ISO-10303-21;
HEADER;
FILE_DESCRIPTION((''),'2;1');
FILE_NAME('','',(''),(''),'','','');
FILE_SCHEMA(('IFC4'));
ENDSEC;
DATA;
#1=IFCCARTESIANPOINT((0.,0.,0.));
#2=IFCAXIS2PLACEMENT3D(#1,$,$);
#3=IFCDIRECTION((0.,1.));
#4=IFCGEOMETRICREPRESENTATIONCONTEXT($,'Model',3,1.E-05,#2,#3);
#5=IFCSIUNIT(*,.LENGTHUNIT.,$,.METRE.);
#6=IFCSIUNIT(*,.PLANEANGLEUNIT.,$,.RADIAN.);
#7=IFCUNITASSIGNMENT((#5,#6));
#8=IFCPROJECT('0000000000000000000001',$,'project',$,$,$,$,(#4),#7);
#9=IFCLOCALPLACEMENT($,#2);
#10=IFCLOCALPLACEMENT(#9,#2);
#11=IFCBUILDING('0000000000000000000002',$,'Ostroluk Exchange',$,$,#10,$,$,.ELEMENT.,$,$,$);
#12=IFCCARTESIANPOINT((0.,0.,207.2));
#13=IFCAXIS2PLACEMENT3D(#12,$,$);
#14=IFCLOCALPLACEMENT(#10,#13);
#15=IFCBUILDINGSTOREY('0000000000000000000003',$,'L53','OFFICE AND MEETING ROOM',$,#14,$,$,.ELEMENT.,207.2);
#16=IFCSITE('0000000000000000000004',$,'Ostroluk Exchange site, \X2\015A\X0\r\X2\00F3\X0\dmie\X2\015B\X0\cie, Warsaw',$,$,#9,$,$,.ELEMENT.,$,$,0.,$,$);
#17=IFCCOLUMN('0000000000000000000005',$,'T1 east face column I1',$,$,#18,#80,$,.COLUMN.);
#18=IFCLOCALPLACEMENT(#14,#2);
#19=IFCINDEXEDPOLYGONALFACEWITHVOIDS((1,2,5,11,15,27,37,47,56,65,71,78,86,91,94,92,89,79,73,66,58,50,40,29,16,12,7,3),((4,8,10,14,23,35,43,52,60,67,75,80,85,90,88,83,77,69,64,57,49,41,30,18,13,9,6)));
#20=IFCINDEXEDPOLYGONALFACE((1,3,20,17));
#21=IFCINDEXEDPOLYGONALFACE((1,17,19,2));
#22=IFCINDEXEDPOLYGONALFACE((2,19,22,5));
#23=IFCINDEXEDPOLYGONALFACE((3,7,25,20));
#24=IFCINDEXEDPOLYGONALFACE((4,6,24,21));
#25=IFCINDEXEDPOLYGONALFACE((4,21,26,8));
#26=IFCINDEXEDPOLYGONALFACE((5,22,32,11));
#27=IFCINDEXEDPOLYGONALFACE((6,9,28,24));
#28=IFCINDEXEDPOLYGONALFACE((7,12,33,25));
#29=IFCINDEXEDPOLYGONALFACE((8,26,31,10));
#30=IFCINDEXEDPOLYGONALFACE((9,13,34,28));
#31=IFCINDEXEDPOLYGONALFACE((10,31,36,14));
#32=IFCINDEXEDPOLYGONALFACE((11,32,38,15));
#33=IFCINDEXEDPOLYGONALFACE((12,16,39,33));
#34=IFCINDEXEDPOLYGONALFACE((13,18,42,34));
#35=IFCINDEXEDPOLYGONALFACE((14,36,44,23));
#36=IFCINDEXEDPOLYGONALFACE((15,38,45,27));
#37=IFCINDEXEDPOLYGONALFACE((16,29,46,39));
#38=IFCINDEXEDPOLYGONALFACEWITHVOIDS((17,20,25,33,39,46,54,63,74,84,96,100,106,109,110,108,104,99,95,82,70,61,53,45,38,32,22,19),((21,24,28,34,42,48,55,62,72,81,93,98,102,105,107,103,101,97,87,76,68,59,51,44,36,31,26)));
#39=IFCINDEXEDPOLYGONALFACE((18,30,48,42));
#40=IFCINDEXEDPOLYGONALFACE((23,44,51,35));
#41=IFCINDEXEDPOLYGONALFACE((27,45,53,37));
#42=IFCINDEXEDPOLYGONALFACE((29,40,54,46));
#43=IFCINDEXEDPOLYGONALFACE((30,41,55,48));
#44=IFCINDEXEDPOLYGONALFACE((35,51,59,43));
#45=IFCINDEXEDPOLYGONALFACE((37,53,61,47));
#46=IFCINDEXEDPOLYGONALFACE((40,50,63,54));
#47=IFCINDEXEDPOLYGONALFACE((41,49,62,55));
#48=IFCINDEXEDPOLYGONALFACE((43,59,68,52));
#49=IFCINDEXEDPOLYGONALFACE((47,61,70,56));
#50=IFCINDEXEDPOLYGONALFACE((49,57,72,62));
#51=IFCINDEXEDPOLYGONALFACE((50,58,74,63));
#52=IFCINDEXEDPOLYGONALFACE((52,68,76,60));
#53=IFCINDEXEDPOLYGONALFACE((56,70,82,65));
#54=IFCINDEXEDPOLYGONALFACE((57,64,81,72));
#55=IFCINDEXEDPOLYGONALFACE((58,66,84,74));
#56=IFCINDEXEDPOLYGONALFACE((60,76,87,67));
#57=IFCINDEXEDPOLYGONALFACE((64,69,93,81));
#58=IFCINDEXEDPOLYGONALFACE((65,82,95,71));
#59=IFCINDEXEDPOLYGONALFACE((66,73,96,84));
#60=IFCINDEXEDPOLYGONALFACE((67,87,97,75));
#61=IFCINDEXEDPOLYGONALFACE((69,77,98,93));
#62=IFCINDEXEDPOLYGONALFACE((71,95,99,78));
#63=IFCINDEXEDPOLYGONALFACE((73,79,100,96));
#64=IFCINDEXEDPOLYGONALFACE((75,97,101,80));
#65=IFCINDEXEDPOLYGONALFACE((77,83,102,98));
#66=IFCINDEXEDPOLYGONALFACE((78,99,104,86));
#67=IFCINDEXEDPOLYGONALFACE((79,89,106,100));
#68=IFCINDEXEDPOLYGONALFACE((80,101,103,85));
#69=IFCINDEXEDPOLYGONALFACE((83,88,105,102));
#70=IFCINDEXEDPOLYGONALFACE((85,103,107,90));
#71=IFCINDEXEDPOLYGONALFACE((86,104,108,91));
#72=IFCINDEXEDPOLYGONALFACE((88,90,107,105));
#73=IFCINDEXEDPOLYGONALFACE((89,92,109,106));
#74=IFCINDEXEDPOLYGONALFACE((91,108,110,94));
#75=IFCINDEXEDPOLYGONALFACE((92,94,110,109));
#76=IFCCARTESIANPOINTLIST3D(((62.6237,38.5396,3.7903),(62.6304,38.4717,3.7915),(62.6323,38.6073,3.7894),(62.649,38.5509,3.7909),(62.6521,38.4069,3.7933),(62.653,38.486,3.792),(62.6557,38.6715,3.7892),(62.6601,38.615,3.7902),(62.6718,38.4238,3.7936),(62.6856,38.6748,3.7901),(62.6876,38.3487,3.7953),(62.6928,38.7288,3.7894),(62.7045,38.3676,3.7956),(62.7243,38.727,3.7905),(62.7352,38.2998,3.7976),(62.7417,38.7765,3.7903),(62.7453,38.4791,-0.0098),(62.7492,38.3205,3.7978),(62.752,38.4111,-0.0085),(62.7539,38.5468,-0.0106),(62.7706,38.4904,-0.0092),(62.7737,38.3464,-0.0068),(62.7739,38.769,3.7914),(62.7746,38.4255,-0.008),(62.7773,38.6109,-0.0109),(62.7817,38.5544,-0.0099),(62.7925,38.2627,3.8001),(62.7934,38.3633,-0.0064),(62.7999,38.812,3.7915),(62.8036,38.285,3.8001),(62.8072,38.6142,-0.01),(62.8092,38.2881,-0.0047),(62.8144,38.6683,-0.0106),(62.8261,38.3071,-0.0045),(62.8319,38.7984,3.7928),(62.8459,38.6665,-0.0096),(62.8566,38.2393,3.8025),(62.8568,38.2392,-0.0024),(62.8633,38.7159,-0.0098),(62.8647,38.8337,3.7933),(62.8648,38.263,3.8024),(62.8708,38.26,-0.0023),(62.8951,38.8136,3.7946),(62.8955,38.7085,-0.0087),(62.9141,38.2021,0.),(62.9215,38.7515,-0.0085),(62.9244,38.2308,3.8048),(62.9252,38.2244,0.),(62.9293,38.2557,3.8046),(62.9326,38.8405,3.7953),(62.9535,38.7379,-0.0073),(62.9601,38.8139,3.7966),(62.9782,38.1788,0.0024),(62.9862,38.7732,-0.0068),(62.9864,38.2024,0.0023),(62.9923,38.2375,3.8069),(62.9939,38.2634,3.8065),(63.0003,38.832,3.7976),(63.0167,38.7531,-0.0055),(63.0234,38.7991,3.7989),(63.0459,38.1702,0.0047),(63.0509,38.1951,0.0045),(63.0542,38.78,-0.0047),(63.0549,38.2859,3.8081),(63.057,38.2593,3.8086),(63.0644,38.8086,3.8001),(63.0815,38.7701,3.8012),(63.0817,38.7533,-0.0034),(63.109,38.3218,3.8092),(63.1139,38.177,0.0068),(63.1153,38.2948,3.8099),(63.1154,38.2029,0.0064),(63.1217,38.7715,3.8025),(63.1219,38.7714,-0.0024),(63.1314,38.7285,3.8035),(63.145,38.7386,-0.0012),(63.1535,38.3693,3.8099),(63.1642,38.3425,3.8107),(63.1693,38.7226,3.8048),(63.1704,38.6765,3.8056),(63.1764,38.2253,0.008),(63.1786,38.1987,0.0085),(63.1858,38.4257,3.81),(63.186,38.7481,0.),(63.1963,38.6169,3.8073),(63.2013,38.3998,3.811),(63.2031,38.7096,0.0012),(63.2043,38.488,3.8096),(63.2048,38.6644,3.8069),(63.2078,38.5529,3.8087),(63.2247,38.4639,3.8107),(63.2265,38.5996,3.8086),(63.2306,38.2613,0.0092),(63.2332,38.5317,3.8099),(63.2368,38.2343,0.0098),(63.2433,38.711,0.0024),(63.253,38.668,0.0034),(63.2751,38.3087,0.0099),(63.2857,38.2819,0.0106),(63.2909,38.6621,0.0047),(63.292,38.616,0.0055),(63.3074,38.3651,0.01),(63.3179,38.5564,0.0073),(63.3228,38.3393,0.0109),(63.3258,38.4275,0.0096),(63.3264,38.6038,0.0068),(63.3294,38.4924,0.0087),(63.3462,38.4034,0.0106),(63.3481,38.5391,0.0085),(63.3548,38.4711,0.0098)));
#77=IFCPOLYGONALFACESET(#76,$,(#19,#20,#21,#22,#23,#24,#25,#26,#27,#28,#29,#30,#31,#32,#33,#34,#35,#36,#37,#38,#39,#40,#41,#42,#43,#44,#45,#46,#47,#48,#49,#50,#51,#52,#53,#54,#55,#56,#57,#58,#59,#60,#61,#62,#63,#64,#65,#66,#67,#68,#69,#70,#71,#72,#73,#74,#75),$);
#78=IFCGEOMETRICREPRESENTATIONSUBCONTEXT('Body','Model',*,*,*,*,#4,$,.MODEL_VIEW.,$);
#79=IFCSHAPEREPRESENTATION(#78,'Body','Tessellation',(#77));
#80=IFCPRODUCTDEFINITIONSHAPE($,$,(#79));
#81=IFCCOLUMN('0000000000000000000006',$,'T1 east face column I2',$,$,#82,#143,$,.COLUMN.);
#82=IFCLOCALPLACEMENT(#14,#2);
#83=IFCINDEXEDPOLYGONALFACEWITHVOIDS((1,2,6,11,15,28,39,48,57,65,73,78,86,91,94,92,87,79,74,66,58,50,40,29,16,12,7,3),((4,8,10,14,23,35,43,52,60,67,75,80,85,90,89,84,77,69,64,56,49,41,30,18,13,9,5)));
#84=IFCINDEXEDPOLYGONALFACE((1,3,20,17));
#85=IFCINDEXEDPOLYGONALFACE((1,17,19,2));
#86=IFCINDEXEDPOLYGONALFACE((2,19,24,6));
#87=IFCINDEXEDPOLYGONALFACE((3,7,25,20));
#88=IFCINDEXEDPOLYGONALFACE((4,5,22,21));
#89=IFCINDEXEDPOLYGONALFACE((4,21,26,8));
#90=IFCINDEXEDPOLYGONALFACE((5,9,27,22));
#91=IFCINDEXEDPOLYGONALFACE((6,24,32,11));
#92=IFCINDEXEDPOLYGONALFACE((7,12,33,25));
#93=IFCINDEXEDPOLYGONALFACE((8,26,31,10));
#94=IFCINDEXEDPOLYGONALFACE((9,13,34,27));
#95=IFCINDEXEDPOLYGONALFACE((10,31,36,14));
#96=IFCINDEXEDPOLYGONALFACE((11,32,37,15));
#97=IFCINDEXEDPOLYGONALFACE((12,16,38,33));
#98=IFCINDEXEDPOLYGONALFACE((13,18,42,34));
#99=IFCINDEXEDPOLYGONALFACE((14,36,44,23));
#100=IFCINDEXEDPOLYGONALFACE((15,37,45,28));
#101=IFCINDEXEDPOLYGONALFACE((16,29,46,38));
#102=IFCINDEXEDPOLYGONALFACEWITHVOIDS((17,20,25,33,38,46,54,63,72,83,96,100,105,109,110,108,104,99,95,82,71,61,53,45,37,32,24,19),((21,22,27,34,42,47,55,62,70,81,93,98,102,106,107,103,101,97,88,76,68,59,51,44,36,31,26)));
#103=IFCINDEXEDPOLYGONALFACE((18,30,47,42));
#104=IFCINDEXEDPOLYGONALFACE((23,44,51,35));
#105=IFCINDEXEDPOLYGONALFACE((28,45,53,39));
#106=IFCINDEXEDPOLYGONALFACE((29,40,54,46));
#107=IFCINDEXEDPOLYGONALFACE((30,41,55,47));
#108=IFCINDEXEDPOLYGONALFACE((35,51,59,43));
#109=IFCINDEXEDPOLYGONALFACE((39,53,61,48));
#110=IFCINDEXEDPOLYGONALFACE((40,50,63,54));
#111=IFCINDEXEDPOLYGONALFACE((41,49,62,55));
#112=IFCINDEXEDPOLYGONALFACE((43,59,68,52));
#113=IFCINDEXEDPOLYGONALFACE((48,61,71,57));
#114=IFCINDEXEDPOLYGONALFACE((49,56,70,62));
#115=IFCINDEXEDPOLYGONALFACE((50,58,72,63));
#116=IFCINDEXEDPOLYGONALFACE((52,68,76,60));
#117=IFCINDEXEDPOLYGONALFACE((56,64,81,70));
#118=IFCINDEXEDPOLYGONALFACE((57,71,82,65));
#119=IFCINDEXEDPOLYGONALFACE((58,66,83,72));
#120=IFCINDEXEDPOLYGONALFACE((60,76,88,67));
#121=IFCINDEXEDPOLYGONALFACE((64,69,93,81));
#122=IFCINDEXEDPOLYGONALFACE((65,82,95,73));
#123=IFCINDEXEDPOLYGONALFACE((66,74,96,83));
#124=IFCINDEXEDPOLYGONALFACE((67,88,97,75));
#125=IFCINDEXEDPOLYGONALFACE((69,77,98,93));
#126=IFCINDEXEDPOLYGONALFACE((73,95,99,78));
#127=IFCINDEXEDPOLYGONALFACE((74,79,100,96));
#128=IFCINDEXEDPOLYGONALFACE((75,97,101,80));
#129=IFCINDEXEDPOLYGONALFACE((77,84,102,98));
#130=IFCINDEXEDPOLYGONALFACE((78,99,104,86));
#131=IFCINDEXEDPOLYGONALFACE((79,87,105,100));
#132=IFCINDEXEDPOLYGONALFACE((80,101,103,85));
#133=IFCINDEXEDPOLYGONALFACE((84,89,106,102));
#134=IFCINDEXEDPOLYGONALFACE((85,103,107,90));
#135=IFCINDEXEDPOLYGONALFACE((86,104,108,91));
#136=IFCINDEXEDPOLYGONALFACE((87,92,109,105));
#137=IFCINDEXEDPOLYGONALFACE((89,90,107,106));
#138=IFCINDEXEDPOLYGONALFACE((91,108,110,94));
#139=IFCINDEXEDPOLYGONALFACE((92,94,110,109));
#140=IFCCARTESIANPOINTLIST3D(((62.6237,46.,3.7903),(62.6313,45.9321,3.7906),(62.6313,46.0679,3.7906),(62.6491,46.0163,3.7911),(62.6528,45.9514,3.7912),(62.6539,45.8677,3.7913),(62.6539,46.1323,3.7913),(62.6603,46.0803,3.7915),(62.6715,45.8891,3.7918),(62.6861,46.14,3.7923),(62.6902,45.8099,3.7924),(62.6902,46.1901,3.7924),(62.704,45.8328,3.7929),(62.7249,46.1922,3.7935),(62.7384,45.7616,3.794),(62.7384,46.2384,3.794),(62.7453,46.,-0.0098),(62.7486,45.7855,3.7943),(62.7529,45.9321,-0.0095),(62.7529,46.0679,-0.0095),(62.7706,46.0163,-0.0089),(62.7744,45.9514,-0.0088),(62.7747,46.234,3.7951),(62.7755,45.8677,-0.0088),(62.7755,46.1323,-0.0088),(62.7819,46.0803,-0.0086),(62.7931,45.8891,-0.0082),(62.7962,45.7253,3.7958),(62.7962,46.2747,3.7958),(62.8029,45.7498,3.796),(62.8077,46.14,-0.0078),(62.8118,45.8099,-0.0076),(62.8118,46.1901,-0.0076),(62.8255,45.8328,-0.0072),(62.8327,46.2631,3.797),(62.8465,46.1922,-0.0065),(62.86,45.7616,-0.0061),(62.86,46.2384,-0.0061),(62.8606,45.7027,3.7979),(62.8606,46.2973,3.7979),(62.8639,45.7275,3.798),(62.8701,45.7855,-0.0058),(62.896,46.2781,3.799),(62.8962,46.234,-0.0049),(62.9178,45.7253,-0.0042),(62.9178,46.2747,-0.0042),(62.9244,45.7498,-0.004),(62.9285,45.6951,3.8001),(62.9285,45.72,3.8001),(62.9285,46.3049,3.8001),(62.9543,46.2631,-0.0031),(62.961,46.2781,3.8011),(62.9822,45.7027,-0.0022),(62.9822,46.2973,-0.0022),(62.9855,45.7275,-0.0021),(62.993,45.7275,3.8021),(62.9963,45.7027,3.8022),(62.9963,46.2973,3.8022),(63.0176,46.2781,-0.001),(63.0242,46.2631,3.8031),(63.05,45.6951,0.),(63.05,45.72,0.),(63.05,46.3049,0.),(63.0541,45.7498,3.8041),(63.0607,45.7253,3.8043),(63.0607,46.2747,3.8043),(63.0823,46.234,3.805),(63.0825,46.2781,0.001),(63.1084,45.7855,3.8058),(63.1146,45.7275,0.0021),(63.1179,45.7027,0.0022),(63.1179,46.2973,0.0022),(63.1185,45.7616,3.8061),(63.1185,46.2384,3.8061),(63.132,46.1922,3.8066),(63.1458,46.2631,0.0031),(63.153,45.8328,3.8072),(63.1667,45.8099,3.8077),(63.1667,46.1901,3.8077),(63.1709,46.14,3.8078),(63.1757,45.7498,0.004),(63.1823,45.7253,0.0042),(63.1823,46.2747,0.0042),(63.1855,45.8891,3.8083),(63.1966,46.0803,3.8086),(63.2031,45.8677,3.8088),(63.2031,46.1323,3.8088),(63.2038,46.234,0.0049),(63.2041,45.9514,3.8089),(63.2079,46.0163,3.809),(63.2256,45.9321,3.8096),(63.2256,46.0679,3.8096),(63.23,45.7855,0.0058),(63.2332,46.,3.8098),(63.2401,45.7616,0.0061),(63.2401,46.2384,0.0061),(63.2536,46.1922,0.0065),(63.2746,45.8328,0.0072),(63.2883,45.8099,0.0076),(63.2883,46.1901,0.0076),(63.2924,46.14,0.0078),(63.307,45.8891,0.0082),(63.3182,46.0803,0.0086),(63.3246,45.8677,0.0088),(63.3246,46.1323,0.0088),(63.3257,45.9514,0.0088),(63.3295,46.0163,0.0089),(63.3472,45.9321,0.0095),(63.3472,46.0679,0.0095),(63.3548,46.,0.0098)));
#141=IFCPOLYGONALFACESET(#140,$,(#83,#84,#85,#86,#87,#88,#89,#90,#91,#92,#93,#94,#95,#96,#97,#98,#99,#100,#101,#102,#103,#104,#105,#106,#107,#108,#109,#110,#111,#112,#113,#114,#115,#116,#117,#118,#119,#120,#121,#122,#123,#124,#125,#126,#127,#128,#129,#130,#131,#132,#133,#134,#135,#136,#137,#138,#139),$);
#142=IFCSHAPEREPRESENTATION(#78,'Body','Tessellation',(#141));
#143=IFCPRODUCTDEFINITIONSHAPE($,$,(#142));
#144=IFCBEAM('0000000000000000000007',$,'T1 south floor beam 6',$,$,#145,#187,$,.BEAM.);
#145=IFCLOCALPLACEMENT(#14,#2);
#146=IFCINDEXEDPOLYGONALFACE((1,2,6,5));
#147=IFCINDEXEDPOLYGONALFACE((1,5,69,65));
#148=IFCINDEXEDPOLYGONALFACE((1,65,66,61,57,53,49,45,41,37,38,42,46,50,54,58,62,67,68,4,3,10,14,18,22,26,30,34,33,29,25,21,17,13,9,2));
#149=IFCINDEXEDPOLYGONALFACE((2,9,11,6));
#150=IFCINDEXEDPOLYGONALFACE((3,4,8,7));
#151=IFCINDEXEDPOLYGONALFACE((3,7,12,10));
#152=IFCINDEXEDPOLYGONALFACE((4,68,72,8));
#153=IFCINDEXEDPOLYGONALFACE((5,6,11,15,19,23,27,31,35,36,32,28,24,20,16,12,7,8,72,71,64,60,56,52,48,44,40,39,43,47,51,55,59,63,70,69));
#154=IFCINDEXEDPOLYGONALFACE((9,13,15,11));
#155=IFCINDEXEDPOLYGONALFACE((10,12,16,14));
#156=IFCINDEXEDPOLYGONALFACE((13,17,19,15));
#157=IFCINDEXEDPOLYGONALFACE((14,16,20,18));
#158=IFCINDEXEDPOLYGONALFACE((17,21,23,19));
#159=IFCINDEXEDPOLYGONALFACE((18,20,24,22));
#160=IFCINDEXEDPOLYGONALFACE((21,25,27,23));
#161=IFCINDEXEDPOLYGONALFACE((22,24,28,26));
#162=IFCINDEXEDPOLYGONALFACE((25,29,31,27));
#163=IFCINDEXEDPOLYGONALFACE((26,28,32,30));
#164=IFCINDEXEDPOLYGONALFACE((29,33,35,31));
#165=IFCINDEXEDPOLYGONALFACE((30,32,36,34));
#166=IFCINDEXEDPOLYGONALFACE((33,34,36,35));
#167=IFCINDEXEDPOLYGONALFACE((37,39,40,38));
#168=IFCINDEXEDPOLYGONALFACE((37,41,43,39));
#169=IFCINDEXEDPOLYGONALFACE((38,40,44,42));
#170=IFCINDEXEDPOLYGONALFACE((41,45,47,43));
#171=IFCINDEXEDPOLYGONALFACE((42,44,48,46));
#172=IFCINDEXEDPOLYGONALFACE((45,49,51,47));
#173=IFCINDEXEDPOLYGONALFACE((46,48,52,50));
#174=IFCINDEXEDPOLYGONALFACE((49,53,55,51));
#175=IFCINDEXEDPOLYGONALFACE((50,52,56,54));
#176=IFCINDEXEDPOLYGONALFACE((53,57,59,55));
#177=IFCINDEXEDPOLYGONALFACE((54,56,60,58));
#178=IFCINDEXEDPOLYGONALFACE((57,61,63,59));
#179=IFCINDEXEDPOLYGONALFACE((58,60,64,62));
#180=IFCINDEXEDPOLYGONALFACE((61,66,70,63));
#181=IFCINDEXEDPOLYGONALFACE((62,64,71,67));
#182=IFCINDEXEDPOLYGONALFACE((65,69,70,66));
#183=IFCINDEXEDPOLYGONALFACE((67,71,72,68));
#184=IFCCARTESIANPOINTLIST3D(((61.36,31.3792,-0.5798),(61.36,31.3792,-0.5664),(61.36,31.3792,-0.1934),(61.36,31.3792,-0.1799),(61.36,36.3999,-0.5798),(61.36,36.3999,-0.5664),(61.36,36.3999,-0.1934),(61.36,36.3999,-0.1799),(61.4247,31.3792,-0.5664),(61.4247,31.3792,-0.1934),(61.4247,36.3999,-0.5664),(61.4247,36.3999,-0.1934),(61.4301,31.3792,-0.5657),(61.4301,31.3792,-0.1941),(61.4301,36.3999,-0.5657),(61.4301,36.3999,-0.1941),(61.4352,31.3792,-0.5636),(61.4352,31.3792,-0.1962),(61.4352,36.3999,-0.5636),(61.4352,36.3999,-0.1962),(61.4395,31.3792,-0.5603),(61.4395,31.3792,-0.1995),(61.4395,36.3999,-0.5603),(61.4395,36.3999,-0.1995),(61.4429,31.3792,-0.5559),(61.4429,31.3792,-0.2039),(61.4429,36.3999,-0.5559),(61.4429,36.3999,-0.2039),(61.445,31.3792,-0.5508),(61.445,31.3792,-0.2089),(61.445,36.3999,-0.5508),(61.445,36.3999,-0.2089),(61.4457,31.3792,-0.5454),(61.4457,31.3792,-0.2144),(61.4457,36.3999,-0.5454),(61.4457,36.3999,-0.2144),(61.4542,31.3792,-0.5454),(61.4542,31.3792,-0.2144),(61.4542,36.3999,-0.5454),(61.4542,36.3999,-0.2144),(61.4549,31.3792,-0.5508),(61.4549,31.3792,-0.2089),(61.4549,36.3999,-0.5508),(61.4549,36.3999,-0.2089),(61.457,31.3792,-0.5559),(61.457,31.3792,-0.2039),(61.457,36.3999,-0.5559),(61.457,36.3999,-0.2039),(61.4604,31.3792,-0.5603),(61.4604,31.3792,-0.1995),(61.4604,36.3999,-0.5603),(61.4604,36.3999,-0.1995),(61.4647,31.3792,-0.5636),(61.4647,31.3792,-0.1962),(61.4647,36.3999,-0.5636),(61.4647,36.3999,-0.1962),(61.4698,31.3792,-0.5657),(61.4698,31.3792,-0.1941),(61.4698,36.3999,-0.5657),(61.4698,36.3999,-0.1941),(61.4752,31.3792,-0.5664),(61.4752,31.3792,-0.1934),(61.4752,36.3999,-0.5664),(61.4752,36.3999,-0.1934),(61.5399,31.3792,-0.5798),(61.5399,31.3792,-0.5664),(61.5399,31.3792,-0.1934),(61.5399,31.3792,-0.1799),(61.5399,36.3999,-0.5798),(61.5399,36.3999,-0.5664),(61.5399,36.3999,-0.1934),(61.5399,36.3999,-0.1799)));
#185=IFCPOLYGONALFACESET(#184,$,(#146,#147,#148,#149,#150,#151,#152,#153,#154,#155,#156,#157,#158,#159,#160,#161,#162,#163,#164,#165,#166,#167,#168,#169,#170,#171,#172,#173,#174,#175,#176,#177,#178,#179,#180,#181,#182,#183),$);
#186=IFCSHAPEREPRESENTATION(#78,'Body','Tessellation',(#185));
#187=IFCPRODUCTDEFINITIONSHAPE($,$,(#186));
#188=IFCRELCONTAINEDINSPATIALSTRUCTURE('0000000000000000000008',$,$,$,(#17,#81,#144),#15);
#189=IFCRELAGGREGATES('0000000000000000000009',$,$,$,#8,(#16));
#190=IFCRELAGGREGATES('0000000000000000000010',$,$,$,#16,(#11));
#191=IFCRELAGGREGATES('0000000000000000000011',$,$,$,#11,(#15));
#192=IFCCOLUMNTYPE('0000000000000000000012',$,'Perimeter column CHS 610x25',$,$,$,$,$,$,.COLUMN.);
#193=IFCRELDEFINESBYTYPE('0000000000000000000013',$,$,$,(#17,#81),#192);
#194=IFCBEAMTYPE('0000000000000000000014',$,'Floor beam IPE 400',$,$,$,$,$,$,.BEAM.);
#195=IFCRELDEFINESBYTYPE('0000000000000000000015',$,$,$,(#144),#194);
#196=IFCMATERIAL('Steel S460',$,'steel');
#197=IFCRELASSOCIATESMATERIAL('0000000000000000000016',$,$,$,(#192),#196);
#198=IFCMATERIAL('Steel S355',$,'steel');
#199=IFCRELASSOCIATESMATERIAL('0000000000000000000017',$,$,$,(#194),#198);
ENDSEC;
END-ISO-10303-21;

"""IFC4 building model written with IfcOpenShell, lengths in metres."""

from ifc_helpers import new_model, si_unit, direction, frame, origin, origin_2d, place, context, subcontext, project, spatial, hollow_circle, i_section, extrude, material, material_profile, profile_set, type_object, element, save


model = new_model("IFC4")

# Units and contexts
model_context = context("Model", 3, precision=1e-05, world=origin(), true_north=direction((0.0, 1.0)))
body_context = subcontext(model_context, "Body", "Model", "MODEL_VIEW")
ifc_project = project(units=[si_unit("LENGTHUNIT", "METRE"), si_unit("PLANEANGLEUNIT", "RADIAN")], contexts=[model_context])

# Site, building, storey
site_placement = place(None, origin())
site = spatial("IfcSite", under=ifc_project, at=site_placement, Name="Ostroluk Exchange site, Śródmieście, Warsaw", CompositionType="ELEMENT", RefElevation=0.0)
building_placement = place(site_placement, origin())
building = spatial("IfcBuilding", under=site, at=building_placement, Name="Ostroluk Exchange", CompositionType="ELEMENT")
storey_placement = place(building_placement, frame((0.0, 0.0, 207.2)))
storey = spatial("IfcBuildingStorey", under=building, at=storey_placement, Name="L53", Description="OFFICE AND MEETING ROOM", CompositionType="ELEMENT", Elevation=207.2)

# Columns
ifc_material_1 = material(Name="Steel S460", Category="steel")
ifc_material_profile_1 = material_profile(ifc_material_1, hollow_circle(Radius=0.3049, WallThickness=0.0249, at=origin_2d()), Name="CHS 610x25")
ifc_profile_set_1 = profile_set([ifc_material_profile_1], Name="Steel S460")
column_type = type_object("IfcColumnType", Name="Perimeter column CHS 610x25", PredefinedType="COLUMN", material=ifc_profile_set_1)
column_1_placement = place(storey_placement, frame((63.05, 38.4751, 0.0), z_axis=(-0.031974, 0.015923, 0.999362), x_axis=(-0.445775, -0.895145, 0.0)))
element("IfcColumn", 1, at=column_1_placement, inside=storey, type_object=column_type, Name="T1 east face column I1", PredefinedType="COLUMN", context=body_context, shape_type="SweptSolid", body=[
    extrude(hollow_circle(Radius=0.3049, WallThickness=0.0249, at=origin_2d()), origin(), (0.0, 0.0, 1.0), 3.8025),
])
column_2_placement = place(storey_placement, frame((63.05, 46.0, 0.0), z_axis=(-0.031978, 0.0, 0.999489), x_axis=(0.0, -1.0, 0.0)))
element("IfcColumn", 2, at=column_2_placement, inside=storey, type_object=column_type, Name="T1 east face column I2", PredefinedType="COLUMN", context=body_context, shape_type="SweptSolid", body=[
    extrude(hollow_circle(Radius=0.3049, WallThickness=0.0249, at=origin_2d()), origin(), (0.0, 0.0, 1.0), 3.802),
])

# Beam
ifc_material_2 = material(Name="Steel S355", Category="steel")
ifc_material_profile_2 = material_profile(ifc_material_2, i_section(OverallWidth=0.1799, OverallDepth=0.3999, WebThickness=0.0085, FlangeThickness=0.0134, FilletRadius=0.021, at=origin_2d()), Name="IPE 400")
ifc_profile_set_2 = profile_set([ifc_material_profile_2], Name="Steel S355")
beam_type_1 = type_object("IfcBeamType", Name="Floor beam IPE 400", PredefinedType="BEAM", material=ifc_profile_set_2)
beam_1_placement = place(storey_placement, frame((61.45, 36.3999, -0.3799), z_axis=(0.0, -1.0, 0.0), x_axis=(1.0, 0.0, 0.0)))
element("IfcBeam", 3, at=beam_1_placement, inside=storey, type_object=beam_type_1, Name="T1 south floor beam 6", PredefinedType="BEAM", context=body_context, shape_type="SweptSolid", body=[
    extrude(i_section(OverallWidth=0.1799, OverallDepth=0.3999, WebThickness=0.0085, FlangeThickness=0.0134, FilletRadius=0.021, at=origin_2d()), origin(), (0.0, 0.0, 1.0), 5.0208),
])

save(model, "model.ifc")
